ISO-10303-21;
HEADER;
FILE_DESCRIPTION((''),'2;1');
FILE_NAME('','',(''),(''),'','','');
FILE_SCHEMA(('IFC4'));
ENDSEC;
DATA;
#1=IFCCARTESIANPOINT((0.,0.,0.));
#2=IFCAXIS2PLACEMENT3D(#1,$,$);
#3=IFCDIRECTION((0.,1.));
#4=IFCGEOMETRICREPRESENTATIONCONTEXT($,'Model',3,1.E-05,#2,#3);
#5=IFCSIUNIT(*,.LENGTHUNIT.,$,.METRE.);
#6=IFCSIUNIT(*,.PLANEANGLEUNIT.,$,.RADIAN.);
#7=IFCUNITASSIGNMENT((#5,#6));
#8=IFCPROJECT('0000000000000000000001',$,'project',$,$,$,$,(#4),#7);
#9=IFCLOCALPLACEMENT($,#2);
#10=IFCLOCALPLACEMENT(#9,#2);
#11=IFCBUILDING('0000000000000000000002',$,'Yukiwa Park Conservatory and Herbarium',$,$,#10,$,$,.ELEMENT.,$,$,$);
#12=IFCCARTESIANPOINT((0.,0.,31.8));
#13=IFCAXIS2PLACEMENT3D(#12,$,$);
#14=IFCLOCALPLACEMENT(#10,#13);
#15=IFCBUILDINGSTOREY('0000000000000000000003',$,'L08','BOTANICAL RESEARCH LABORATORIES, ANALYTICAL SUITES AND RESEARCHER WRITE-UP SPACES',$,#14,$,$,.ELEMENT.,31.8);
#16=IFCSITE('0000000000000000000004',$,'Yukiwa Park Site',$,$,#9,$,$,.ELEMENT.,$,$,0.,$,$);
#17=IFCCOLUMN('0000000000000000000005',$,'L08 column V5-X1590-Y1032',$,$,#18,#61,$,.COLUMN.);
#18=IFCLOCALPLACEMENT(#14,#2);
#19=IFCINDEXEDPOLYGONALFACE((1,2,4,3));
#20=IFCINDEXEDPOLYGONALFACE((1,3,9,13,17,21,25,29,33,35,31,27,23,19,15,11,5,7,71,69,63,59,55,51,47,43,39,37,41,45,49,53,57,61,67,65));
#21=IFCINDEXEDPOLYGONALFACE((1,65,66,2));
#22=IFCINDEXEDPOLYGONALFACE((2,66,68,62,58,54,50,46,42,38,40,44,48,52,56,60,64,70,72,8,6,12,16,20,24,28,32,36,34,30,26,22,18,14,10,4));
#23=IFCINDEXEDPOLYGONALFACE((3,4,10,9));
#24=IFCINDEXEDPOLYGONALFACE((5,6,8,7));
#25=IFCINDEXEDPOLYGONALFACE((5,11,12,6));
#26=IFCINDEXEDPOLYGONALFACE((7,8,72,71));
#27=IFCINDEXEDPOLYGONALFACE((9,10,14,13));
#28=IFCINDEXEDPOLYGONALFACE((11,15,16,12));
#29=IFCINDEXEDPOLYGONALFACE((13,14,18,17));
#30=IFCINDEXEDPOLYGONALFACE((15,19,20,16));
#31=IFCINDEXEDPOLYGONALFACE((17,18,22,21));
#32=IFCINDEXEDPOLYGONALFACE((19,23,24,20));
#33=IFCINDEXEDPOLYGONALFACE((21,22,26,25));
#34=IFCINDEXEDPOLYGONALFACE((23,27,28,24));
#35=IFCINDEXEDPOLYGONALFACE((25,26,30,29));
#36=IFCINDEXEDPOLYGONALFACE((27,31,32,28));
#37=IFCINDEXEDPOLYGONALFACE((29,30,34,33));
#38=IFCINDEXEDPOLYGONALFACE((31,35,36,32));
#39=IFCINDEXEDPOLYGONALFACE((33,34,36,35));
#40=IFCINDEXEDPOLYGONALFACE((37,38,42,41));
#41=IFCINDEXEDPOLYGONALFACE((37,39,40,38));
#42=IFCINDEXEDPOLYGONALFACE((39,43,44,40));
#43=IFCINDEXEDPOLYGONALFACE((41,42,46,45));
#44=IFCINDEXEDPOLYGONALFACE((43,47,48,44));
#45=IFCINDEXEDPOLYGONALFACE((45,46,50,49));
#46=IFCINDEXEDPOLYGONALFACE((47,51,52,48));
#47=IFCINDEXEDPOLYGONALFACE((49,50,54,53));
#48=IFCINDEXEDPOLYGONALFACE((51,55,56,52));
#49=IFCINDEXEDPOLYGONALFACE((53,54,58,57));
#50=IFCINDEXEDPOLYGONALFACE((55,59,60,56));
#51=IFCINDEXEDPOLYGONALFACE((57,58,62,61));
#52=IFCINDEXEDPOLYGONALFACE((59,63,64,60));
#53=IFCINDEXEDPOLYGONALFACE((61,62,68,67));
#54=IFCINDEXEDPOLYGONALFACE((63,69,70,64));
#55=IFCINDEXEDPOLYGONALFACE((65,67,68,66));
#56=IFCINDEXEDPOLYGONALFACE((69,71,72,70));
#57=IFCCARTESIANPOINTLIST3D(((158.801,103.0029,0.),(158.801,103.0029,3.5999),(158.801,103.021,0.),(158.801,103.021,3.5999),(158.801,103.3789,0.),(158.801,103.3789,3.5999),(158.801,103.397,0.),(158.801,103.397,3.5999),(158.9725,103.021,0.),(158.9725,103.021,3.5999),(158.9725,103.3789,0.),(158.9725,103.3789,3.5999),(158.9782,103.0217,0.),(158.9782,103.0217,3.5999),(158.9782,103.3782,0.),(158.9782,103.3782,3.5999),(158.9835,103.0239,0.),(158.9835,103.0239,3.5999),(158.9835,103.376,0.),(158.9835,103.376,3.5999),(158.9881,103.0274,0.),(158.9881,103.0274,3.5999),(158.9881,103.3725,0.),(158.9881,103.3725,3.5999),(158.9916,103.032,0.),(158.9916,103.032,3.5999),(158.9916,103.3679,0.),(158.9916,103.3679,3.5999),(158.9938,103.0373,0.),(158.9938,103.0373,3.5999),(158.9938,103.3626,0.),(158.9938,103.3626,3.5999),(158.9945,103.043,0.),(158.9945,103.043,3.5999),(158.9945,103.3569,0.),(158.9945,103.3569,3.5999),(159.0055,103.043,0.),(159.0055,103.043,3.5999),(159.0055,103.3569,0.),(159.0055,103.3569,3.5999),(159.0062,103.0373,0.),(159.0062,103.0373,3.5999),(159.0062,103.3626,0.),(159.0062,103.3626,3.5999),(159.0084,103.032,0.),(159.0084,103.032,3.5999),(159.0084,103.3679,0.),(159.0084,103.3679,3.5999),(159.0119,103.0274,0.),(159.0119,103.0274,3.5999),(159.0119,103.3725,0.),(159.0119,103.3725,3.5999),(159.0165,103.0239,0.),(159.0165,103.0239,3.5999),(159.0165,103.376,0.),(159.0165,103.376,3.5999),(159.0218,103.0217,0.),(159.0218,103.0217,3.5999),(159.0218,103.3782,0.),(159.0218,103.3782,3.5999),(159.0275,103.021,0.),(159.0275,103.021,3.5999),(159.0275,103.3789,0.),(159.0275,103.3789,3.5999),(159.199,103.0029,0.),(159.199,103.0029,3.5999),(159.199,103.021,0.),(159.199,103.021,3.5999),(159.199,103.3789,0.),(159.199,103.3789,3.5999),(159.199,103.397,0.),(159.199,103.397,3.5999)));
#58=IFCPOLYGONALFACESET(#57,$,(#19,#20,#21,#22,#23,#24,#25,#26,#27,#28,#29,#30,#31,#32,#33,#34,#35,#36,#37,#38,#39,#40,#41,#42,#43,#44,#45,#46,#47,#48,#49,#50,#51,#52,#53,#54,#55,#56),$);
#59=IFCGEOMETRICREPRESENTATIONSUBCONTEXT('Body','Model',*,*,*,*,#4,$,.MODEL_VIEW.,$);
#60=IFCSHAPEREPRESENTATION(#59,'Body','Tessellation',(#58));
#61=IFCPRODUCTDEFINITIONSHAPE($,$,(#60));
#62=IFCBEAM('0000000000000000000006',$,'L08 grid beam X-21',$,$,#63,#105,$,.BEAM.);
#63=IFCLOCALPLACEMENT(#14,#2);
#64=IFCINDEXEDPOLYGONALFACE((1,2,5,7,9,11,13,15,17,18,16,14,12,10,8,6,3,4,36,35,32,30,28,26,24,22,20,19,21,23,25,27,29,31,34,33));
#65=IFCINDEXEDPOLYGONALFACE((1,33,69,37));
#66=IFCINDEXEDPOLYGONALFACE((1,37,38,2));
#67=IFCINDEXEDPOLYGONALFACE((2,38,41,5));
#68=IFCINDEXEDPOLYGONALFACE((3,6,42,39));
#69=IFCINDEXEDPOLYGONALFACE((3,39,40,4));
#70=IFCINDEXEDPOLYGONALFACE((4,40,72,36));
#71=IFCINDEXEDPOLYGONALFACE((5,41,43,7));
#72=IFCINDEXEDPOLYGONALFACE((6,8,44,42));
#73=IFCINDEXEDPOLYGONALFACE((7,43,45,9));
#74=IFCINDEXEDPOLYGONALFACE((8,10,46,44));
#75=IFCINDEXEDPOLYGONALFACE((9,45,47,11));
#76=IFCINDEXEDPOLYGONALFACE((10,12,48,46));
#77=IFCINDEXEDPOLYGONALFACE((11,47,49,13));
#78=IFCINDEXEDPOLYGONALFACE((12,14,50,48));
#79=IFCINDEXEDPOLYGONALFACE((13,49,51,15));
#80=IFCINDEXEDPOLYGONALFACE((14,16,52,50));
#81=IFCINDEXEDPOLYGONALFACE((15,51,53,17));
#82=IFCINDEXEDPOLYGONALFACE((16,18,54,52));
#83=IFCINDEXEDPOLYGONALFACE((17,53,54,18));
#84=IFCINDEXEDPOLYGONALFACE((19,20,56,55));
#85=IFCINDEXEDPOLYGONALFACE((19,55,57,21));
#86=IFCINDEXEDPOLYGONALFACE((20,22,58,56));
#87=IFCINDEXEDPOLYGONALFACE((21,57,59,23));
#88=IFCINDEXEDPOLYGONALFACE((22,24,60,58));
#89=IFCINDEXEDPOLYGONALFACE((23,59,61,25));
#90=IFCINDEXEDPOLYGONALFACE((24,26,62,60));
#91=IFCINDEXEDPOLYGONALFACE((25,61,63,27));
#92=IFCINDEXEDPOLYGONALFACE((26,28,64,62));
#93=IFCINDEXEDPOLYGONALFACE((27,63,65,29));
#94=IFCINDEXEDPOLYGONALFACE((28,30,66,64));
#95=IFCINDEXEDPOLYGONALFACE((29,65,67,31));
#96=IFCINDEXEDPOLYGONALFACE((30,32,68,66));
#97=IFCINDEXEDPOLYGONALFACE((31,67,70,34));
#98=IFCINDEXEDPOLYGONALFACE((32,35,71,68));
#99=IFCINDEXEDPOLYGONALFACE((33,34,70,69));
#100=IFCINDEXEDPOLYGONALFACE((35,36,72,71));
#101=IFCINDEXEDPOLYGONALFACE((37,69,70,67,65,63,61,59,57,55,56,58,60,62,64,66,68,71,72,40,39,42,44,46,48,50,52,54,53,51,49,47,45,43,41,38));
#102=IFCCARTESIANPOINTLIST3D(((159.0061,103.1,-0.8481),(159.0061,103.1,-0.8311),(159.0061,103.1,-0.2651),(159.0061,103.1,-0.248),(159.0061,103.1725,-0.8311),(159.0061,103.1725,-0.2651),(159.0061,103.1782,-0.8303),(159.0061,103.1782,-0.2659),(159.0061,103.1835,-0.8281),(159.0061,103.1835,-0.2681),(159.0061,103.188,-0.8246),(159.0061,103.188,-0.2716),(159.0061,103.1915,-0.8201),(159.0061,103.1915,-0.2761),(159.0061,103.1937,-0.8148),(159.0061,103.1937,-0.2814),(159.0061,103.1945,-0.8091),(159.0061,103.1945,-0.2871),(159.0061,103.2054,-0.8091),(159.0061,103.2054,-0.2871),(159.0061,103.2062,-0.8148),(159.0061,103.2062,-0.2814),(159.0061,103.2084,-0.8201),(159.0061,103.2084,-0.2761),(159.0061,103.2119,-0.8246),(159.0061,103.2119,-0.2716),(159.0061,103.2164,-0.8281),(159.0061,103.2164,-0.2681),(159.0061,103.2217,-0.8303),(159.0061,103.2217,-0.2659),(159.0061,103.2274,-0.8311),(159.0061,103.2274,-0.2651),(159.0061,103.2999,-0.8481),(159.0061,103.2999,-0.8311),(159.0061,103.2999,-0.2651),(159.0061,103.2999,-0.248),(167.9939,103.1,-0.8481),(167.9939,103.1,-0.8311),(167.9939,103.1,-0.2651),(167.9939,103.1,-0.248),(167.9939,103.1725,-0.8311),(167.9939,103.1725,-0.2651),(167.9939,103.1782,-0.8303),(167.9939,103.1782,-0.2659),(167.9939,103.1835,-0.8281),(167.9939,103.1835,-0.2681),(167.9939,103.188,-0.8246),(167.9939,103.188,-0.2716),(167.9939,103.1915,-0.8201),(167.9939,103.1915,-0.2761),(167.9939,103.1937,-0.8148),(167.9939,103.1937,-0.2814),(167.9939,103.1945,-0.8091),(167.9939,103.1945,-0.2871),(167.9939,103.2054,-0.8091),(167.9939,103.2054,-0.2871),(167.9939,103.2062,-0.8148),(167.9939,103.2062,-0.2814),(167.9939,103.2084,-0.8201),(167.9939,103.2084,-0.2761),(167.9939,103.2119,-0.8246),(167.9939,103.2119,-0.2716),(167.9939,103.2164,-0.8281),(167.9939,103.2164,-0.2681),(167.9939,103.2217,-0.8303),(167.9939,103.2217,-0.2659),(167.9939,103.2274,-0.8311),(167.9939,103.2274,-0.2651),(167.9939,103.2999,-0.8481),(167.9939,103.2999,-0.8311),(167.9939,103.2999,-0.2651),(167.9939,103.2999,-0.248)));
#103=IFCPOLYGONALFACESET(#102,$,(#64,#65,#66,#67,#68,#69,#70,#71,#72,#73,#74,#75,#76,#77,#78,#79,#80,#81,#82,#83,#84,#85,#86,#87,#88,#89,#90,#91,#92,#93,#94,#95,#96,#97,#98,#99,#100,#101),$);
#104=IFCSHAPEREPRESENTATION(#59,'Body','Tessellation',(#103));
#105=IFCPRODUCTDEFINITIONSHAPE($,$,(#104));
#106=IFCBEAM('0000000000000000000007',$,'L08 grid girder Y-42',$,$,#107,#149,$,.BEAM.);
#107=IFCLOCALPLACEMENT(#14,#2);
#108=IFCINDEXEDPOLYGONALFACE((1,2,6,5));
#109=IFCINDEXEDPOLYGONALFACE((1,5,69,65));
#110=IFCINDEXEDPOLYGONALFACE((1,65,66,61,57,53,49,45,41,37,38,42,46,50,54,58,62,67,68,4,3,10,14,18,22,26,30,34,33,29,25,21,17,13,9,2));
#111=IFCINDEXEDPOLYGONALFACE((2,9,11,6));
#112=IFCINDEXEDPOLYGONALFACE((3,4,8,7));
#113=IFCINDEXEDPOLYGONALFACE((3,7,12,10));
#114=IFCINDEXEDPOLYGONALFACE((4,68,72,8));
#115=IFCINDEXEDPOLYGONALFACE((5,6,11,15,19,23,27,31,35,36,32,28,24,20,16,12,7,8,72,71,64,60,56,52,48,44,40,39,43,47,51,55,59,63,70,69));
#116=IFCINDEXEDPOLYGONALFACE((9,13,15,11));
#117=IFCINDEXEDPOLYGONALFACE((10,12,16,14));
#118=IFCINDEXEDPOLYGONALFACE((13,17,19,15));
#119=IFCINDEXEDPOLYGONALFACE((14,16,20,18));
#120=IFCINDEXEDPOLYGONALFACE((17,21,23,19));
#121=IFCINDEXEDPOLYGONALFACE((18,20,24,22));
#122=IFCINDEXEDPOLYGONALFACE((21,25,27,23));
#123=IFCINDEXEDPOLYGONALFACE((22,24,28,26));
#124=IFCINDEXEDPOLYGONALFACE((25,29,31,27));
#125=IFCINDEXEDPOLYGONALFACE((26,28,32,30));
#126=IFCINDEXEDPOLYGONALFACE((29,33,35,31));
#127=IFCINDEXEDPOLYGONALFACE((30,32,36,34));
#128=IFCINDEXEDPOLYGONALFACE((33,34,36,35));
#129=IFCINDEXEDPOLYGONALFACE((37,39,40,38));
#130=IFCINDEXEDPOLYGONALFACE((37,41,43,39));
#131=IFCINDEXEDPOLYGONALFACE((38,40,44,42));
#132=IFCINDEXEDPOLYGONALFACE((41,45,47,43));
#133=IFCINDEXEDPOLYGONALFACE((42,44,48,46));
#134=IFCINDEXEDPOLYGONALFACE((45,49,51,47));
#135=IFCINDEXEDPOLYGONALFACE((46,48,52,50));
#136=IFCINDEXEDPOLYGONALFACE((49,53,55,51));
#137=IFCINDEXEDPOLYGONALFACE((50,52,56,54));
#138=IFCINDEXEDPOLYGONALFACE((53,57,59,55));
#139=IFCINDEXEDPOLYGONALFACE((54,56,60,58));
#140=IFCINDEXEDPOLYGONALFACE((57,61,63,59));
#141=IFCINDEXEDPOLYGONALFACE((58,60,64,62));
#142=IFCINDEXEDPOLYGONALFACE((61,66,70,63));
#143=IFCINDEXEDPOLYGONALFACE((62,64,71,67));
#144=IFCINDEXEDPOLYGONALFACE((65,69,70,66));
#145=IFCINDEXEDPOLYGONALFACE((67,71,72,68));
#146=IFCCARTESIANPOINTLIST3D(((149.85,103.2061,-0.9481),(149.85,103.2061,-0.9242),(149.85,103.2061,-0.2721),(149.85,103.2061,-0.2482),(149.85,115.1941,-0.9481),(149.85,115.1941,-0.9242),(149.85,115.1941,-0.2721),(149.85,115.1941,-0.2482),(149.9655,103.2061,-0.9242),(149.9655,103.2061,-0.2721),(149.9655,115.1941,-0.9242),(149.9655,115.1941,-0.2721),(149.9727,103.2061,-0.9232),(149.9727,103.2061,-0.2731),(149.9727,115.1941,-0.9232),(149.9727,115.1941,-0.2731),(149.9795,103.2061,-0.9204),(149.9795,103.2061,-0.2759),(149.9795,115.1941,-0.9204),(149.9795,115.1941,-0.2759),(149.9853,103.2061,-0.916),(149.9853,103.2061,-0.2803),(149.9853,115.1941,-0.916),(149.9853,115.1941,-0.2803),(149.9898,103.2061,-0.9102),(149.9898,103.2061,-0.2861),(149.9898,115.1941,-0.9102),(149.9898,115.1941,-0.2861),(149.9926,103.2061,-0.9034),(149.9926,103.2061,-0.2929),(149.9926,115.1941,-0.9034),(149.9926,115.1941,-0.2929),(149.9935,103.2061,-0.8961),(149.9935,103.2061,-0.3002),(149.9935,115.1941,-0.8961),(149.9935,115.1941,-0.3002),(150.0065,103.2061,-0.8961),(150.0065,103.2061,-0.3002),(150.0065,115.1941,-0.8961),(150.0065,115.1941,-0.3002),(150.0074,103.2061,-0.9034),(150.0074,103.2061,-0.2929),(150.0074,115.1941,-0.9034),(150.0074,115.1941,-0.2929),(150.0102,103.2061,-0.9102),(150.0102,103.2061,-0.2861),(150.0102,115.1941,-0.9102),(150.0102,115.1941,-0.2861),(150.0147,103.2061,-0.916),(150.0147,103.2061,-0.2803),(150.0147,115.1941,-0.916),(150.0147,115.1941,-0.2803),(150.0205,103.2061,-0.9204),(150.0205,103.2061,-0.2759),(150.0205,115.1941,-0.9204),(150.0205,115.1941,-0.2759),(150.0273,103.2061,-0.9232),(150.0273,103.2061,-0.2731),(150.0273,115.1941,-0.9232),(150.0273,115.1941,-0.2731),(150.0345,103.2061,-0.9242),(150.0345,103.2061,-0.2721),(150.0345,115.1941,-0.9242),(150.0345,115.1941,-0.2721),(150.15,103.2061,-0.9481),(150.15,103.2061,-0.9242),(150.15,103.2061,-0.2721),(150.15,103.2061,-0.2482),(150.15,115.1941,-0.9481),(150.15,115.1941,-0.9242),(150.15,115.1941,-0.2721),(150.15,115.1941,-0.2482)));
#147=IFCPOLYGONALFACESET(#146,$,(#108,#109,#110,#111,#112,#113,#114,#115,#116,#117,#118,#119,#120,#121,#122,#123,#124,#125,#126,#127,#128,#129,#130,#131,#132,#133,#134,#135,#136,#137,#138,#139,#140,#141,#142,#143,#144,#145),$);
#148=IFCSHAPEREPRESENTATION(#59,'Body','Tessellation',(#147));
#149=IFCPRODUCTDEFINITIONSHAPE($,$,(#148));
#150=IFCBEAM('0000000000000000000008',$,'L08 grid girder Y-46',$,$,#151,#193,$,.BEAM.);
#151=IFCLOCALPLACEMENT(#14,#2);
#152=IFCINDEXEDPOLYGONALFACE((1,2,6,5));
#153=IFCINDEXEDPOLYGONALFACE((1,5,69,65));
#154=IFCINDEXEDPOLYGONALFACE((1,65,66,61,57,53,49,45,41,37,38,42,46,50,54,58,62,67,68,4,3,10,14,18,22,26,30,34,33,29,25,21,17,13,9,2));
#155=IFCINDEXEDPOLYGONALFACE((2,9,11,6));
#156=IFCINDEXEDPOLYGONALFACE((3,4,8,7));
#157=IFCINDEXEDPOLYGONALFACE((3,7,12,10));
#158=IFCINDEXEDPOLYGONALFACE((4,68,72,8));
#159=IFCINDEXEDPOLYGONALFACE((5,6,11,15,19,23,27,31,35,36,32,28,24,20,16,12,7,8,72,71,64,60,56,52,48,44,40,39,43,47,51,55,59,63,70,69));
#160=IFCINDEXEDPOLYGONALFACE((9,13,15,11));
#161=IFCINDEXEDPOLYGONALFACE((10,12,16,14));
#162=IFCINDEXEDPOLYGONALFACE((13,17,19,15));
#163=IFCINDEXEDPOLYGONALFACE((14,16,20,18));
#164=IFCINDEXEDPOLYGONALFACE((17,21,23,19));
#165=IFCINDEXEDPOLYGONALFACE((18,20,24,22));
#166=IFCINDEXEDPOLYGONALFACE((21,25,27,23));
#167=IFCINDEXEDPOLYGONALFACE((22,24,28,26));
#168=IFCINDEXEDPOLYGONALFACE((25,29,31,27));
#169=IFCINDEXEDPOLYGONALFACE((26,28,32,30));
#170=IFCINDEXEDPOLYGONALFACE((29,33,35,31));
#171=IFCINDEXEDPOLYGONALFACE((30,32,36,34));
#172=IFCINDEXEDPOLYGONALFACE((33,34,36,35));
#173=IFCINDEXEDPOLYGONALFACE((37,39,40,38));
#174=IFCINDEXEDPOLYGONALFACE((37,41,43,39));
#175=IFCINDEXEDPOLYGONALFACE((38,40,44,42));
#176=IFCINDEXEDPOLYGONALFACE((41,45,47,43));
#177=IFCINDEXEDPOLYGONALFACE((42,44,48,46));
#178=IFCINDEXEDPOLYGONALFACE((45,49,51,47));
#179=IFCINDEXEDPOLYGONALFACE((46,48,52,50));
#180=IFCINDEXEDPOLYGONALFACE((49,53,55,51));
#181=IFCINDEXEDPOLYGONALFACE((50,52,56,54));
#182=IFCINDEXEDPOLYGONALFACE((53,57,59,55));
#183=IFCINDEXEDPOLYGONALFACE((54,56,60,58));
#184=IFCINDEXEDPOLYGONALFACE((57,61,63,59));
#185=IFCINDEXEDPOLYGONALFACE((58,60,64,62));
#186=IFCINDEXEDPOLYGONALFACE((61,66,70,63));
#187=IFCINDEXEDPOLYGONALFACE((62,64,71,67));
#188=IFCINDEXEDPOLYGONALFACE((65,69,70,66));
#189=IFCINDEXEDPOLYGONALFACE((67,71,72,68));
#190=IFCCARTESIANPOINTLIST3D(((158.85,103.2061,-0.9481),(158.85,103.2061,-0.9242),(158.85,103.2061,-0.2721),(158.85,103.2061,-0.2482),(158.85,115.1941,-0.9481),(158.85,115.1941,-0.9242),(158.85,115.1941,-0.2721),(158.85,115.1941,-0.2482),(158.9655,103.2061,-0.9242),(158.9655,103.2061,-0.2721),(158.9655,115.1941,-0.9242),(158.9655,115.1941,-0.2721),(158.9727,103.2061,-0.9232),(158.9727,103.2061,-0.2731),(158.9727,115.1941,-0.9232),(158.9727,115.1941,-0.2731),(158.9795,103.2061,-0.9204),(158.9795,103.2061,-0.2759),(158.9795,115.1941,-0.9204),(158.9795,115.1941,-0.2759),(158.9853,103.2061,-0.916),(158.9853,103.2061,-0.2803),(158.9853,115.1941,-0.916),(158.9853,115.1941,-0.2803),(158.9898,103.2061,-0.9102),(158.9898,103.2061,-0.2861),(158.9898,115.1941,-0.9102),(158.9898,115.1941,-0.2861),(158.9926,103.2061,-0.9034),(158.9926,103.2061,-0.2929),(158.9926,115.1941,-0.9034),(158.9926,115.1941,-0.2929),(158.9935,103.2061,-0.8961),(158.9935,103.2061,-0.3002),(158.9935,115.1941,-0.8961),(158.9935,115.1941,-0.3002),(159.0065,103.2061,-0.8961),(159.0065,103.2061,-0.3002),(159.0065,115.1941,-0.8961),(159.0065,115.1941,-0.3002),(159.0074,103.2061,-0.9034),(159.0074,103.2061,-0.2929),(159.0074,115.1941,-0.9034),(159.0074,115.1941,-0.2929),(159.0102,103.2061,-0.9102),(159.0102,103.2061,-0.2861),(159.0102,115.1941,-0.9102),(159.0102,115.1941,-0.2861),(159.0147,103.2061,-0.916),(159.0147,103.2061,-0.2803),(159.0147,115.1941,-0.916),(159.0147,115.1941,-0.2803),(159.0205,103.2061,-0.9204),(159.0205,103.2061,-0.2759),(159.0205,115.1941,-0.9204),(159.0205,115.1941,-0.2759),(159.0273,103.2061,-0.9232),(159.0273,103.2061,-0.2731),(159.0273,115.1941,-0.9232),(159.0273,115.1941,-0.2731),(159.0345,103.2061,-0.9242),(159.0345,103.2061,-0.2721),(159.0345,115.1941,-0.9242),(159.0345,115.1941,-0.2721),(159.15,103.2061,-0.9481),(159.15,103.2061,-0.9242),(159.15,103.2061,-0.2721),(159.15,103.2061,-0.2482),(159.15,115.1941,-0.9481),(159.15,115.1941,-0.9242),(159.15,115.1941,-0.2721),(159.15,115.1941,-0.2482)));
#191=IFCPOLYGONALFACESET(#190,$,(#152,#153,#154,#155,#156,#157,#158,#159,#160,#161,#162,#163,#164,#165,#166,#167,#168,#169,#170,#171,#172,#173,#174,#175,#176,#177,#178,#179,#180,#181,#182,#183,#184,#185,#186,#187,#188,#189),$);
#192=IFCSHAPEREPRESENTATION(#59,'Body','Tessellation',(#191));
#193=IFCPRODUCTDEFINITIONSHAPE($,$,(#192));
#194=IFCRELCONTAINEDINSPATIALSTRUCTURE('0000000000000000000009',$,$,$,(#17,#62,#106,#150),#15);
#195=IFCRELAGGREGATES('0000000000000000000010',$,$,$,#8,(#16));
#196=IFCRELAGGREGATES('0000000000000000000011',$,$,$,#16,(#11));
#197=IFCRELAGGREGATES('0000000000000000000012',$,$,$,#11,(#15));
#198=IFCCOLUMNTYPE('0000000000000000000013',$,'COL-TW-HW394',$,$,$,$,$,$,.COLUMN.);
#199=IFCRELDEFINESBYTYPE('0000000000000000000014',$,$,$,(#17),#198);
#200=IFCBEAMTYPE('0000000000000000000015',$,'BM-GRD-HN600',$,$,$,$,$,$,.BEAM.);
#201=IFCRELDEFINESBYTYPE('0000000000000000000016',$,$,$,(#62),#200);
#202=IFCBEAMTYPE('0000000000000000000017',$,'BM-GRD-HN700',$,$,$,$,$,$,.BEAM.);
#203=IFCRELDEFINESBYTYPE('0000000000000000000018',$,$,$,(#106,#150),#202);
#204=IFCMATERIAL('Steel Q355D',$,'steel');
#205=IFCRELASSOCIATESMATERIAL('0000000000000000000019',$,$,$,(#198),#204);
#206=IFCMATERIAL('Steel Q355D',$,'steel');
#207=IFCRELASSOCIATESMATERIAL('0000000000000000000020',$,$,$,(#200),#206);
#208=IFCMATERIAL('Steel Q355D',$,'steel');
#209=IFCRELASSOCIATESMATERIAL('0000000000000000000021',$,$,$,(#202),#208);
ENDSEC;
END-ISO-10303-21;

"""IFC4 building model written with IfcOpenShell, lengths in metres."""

from ifc_helpers import new_model, si_unit, direction, frame, origin, origin_2d, place, context, subcontext, project, spatial, i_section, extrude, material, material_profile, profile_set, type_object, element, save


model = new_model("IFC4")

# Units and contexts
model_context = context("Model", 3, precision=1e-05, world=origin(), true_north=direction((0.0, 1.0)))
body_context = subcontext(model_context, "Body", "Model", "MODEL_VIEW")
ifc_project = project(units=[si_unit("LENGTHUNIT", "METRE"), si_unit("PLANEANGLEUNIT", "RADIAN")], contexts=[model_context])

# Site, building, storey
site_placement = place(None, origin())
site = spatial("IfcSite", under=ifc_project, at=site_placement, Name="Yukiwa Park Site", CompositionType="ELEMENT", RefElevation=0.0)
building_placement = place(site_placement, origin())
building = spatial("IfcBuilding", under=site, at=building_placement, Name="Yukiwa Park Conservatory and Herbarium", CompositionType="ELEMENT")
storey_placement = place(building_placement, frame((0.0, 0.0, 31.8)))
storey = spatial("IfcBuildingStorey", under=building, at=storey_placement, Name="L08", Description="BOTANICAL RESEARCH LABORATORIES, ANALYTICAL SUITES AND RESEARCHER WRITE-UP SPACES", CompositionType="ELEMENT", Elevation=31.8)

# Column
ifc_material_1 = material(Name="Steel Q355D", Category="steel")
ifc_material_profile_1 = material_profile(ifc_material_1, i_section(OverallWidth=0.3979, OverallDepth=0.394, WebThickness=0.011, FlangeThickness=0.0181, FilletRadius=0.022, at=origin_2d()), Name="HW 394x398x11x18")
ifc_profile_set_1 = profile_set([ifc_material_profile_1], Name="Steel Q355D")
column_type_1 = type_object("IfcColumnType", Name="COL-TW-HW394", PredefinedType="COLUMN", material=ifc_profile_set_1)
for number, where, z_axis, x_axis, name in (
    (1, (159.0, 103.2, 0.0), (0.0, 0.0, 1.0), (1.0, 0.0, 0.0), "L08 column V5-X1590-Y1032"),
):
    element("IfcColumn", number, at=place(storey_placement, frame(where, z_axis=z_axis, x_axis=x_axis)), inside=storey, type_object=column_type_1, Name=name, PredefinedType="COLUMN", context=body_context, shape_type="SweptSolid", body=[
        extrude(i_section(OverallWidth=0.3979, OverallDepth=0.394, WebThickness=0.011, FlangeThickness=0.0181, FilletRadius=0.022, at=origin_2d()), origin(), (0.0, 0.0, 1.0), 3.5999),
    ])

# Beams
ifc_material_2 = material(Name="Steel Q355D", Category="steel")
ifc_material_profile_2 = material_profile(ifc_material_2, i_section(OverallWidth=0.2, OverallDepth=0.6001, WebThickness=0.011, FlangeThickness=0.0171, FilletRadius=0.022, at=origin_2d()), Name="HN 600x200x11x17")
ifc_profile_set_2 = profile_set([ifc_material_profile_2], Name="Steel Q355D")
beam_type_1 = type_object("IfcBeamType", Name="BM-GRD-HN600", PredefinedType="BEAM", material=ifc_profile_set_2)
beam_placement = place(storey_placement, frame((159.0061, 103.2, -0.5481), z_axis=(1.0, 0.0, 0.0), x_axis=(0.0, 1.0, 0.0)))
element("IfcBeam", 2, at=beam_placement, inside=storey, type_object=beam_type_1, Name="L08 grid beam X-21", PredefinedType="BEAM", context=body_context, shape_type="SweptSolid", body=[
    extrude(i_section(OverallWidth=0.2, OverallDepth=0.6001, WebThickness=0.011, FlangeThickness=0.0171, FilletRadius=0.022, at=origin_2d()), origin(), (0.0, 0.0, 1.0), 8.9878),
])
ifc_material_3 = material(Name="Steel Q355D", Category="steel")
ifc_material_profile_3 = material_profile(ifc_material_3, i_section(OverallWidth=0.3, OverallDepth=0.7, WebThickness=0.0129, FlangeThickness=0.0239, FilletRadius=0.0281, at=origin_2d()), Name="HN 700x300x13x24")
ifc_profile_set_3 = profile_set([ifc_material_profile_3], Name="Steel Q355D")
beam_type_2 = type_object("IfcBeamType", Name="BM-GRD-HN700", PredefinedType="BEAM", material=ifc_profile_set_3)
for number, where, z_axis, x_axis, name in (
    (3, (150.0, 103.2061, -0.5981), (0.0, 1.0, 0.0), (-1.0, 0.0, 0.0), "L08 grid girder Y-42"),
    (4, (159.0, 103.2061, -0.5981), (0.0, 1.0, 0.0), (-1.0, 0.0, 0.0), "L08 grid girder Y-46"),
):
    element("IfcBeam", number, at=place(storey_placement, frame(where, z_axis=z_axis, x_axis=x_axis)), inside=storey, type_object=beam_type_2, Name=name, PredefinedType="BEAM", context=body_context, shape_type="SweptSolid", body=[
        extrude(i_section(OverallWidth=0.3, OverallDepth=0.7, WebThickness=0.0129, FlangeThickness=0.0239, FilletRadius=0.0281, at=origin_2d()), origin(), (0.0, 0.0, 1.0), 11.988),
    ])

save(model, "model.ifc")
